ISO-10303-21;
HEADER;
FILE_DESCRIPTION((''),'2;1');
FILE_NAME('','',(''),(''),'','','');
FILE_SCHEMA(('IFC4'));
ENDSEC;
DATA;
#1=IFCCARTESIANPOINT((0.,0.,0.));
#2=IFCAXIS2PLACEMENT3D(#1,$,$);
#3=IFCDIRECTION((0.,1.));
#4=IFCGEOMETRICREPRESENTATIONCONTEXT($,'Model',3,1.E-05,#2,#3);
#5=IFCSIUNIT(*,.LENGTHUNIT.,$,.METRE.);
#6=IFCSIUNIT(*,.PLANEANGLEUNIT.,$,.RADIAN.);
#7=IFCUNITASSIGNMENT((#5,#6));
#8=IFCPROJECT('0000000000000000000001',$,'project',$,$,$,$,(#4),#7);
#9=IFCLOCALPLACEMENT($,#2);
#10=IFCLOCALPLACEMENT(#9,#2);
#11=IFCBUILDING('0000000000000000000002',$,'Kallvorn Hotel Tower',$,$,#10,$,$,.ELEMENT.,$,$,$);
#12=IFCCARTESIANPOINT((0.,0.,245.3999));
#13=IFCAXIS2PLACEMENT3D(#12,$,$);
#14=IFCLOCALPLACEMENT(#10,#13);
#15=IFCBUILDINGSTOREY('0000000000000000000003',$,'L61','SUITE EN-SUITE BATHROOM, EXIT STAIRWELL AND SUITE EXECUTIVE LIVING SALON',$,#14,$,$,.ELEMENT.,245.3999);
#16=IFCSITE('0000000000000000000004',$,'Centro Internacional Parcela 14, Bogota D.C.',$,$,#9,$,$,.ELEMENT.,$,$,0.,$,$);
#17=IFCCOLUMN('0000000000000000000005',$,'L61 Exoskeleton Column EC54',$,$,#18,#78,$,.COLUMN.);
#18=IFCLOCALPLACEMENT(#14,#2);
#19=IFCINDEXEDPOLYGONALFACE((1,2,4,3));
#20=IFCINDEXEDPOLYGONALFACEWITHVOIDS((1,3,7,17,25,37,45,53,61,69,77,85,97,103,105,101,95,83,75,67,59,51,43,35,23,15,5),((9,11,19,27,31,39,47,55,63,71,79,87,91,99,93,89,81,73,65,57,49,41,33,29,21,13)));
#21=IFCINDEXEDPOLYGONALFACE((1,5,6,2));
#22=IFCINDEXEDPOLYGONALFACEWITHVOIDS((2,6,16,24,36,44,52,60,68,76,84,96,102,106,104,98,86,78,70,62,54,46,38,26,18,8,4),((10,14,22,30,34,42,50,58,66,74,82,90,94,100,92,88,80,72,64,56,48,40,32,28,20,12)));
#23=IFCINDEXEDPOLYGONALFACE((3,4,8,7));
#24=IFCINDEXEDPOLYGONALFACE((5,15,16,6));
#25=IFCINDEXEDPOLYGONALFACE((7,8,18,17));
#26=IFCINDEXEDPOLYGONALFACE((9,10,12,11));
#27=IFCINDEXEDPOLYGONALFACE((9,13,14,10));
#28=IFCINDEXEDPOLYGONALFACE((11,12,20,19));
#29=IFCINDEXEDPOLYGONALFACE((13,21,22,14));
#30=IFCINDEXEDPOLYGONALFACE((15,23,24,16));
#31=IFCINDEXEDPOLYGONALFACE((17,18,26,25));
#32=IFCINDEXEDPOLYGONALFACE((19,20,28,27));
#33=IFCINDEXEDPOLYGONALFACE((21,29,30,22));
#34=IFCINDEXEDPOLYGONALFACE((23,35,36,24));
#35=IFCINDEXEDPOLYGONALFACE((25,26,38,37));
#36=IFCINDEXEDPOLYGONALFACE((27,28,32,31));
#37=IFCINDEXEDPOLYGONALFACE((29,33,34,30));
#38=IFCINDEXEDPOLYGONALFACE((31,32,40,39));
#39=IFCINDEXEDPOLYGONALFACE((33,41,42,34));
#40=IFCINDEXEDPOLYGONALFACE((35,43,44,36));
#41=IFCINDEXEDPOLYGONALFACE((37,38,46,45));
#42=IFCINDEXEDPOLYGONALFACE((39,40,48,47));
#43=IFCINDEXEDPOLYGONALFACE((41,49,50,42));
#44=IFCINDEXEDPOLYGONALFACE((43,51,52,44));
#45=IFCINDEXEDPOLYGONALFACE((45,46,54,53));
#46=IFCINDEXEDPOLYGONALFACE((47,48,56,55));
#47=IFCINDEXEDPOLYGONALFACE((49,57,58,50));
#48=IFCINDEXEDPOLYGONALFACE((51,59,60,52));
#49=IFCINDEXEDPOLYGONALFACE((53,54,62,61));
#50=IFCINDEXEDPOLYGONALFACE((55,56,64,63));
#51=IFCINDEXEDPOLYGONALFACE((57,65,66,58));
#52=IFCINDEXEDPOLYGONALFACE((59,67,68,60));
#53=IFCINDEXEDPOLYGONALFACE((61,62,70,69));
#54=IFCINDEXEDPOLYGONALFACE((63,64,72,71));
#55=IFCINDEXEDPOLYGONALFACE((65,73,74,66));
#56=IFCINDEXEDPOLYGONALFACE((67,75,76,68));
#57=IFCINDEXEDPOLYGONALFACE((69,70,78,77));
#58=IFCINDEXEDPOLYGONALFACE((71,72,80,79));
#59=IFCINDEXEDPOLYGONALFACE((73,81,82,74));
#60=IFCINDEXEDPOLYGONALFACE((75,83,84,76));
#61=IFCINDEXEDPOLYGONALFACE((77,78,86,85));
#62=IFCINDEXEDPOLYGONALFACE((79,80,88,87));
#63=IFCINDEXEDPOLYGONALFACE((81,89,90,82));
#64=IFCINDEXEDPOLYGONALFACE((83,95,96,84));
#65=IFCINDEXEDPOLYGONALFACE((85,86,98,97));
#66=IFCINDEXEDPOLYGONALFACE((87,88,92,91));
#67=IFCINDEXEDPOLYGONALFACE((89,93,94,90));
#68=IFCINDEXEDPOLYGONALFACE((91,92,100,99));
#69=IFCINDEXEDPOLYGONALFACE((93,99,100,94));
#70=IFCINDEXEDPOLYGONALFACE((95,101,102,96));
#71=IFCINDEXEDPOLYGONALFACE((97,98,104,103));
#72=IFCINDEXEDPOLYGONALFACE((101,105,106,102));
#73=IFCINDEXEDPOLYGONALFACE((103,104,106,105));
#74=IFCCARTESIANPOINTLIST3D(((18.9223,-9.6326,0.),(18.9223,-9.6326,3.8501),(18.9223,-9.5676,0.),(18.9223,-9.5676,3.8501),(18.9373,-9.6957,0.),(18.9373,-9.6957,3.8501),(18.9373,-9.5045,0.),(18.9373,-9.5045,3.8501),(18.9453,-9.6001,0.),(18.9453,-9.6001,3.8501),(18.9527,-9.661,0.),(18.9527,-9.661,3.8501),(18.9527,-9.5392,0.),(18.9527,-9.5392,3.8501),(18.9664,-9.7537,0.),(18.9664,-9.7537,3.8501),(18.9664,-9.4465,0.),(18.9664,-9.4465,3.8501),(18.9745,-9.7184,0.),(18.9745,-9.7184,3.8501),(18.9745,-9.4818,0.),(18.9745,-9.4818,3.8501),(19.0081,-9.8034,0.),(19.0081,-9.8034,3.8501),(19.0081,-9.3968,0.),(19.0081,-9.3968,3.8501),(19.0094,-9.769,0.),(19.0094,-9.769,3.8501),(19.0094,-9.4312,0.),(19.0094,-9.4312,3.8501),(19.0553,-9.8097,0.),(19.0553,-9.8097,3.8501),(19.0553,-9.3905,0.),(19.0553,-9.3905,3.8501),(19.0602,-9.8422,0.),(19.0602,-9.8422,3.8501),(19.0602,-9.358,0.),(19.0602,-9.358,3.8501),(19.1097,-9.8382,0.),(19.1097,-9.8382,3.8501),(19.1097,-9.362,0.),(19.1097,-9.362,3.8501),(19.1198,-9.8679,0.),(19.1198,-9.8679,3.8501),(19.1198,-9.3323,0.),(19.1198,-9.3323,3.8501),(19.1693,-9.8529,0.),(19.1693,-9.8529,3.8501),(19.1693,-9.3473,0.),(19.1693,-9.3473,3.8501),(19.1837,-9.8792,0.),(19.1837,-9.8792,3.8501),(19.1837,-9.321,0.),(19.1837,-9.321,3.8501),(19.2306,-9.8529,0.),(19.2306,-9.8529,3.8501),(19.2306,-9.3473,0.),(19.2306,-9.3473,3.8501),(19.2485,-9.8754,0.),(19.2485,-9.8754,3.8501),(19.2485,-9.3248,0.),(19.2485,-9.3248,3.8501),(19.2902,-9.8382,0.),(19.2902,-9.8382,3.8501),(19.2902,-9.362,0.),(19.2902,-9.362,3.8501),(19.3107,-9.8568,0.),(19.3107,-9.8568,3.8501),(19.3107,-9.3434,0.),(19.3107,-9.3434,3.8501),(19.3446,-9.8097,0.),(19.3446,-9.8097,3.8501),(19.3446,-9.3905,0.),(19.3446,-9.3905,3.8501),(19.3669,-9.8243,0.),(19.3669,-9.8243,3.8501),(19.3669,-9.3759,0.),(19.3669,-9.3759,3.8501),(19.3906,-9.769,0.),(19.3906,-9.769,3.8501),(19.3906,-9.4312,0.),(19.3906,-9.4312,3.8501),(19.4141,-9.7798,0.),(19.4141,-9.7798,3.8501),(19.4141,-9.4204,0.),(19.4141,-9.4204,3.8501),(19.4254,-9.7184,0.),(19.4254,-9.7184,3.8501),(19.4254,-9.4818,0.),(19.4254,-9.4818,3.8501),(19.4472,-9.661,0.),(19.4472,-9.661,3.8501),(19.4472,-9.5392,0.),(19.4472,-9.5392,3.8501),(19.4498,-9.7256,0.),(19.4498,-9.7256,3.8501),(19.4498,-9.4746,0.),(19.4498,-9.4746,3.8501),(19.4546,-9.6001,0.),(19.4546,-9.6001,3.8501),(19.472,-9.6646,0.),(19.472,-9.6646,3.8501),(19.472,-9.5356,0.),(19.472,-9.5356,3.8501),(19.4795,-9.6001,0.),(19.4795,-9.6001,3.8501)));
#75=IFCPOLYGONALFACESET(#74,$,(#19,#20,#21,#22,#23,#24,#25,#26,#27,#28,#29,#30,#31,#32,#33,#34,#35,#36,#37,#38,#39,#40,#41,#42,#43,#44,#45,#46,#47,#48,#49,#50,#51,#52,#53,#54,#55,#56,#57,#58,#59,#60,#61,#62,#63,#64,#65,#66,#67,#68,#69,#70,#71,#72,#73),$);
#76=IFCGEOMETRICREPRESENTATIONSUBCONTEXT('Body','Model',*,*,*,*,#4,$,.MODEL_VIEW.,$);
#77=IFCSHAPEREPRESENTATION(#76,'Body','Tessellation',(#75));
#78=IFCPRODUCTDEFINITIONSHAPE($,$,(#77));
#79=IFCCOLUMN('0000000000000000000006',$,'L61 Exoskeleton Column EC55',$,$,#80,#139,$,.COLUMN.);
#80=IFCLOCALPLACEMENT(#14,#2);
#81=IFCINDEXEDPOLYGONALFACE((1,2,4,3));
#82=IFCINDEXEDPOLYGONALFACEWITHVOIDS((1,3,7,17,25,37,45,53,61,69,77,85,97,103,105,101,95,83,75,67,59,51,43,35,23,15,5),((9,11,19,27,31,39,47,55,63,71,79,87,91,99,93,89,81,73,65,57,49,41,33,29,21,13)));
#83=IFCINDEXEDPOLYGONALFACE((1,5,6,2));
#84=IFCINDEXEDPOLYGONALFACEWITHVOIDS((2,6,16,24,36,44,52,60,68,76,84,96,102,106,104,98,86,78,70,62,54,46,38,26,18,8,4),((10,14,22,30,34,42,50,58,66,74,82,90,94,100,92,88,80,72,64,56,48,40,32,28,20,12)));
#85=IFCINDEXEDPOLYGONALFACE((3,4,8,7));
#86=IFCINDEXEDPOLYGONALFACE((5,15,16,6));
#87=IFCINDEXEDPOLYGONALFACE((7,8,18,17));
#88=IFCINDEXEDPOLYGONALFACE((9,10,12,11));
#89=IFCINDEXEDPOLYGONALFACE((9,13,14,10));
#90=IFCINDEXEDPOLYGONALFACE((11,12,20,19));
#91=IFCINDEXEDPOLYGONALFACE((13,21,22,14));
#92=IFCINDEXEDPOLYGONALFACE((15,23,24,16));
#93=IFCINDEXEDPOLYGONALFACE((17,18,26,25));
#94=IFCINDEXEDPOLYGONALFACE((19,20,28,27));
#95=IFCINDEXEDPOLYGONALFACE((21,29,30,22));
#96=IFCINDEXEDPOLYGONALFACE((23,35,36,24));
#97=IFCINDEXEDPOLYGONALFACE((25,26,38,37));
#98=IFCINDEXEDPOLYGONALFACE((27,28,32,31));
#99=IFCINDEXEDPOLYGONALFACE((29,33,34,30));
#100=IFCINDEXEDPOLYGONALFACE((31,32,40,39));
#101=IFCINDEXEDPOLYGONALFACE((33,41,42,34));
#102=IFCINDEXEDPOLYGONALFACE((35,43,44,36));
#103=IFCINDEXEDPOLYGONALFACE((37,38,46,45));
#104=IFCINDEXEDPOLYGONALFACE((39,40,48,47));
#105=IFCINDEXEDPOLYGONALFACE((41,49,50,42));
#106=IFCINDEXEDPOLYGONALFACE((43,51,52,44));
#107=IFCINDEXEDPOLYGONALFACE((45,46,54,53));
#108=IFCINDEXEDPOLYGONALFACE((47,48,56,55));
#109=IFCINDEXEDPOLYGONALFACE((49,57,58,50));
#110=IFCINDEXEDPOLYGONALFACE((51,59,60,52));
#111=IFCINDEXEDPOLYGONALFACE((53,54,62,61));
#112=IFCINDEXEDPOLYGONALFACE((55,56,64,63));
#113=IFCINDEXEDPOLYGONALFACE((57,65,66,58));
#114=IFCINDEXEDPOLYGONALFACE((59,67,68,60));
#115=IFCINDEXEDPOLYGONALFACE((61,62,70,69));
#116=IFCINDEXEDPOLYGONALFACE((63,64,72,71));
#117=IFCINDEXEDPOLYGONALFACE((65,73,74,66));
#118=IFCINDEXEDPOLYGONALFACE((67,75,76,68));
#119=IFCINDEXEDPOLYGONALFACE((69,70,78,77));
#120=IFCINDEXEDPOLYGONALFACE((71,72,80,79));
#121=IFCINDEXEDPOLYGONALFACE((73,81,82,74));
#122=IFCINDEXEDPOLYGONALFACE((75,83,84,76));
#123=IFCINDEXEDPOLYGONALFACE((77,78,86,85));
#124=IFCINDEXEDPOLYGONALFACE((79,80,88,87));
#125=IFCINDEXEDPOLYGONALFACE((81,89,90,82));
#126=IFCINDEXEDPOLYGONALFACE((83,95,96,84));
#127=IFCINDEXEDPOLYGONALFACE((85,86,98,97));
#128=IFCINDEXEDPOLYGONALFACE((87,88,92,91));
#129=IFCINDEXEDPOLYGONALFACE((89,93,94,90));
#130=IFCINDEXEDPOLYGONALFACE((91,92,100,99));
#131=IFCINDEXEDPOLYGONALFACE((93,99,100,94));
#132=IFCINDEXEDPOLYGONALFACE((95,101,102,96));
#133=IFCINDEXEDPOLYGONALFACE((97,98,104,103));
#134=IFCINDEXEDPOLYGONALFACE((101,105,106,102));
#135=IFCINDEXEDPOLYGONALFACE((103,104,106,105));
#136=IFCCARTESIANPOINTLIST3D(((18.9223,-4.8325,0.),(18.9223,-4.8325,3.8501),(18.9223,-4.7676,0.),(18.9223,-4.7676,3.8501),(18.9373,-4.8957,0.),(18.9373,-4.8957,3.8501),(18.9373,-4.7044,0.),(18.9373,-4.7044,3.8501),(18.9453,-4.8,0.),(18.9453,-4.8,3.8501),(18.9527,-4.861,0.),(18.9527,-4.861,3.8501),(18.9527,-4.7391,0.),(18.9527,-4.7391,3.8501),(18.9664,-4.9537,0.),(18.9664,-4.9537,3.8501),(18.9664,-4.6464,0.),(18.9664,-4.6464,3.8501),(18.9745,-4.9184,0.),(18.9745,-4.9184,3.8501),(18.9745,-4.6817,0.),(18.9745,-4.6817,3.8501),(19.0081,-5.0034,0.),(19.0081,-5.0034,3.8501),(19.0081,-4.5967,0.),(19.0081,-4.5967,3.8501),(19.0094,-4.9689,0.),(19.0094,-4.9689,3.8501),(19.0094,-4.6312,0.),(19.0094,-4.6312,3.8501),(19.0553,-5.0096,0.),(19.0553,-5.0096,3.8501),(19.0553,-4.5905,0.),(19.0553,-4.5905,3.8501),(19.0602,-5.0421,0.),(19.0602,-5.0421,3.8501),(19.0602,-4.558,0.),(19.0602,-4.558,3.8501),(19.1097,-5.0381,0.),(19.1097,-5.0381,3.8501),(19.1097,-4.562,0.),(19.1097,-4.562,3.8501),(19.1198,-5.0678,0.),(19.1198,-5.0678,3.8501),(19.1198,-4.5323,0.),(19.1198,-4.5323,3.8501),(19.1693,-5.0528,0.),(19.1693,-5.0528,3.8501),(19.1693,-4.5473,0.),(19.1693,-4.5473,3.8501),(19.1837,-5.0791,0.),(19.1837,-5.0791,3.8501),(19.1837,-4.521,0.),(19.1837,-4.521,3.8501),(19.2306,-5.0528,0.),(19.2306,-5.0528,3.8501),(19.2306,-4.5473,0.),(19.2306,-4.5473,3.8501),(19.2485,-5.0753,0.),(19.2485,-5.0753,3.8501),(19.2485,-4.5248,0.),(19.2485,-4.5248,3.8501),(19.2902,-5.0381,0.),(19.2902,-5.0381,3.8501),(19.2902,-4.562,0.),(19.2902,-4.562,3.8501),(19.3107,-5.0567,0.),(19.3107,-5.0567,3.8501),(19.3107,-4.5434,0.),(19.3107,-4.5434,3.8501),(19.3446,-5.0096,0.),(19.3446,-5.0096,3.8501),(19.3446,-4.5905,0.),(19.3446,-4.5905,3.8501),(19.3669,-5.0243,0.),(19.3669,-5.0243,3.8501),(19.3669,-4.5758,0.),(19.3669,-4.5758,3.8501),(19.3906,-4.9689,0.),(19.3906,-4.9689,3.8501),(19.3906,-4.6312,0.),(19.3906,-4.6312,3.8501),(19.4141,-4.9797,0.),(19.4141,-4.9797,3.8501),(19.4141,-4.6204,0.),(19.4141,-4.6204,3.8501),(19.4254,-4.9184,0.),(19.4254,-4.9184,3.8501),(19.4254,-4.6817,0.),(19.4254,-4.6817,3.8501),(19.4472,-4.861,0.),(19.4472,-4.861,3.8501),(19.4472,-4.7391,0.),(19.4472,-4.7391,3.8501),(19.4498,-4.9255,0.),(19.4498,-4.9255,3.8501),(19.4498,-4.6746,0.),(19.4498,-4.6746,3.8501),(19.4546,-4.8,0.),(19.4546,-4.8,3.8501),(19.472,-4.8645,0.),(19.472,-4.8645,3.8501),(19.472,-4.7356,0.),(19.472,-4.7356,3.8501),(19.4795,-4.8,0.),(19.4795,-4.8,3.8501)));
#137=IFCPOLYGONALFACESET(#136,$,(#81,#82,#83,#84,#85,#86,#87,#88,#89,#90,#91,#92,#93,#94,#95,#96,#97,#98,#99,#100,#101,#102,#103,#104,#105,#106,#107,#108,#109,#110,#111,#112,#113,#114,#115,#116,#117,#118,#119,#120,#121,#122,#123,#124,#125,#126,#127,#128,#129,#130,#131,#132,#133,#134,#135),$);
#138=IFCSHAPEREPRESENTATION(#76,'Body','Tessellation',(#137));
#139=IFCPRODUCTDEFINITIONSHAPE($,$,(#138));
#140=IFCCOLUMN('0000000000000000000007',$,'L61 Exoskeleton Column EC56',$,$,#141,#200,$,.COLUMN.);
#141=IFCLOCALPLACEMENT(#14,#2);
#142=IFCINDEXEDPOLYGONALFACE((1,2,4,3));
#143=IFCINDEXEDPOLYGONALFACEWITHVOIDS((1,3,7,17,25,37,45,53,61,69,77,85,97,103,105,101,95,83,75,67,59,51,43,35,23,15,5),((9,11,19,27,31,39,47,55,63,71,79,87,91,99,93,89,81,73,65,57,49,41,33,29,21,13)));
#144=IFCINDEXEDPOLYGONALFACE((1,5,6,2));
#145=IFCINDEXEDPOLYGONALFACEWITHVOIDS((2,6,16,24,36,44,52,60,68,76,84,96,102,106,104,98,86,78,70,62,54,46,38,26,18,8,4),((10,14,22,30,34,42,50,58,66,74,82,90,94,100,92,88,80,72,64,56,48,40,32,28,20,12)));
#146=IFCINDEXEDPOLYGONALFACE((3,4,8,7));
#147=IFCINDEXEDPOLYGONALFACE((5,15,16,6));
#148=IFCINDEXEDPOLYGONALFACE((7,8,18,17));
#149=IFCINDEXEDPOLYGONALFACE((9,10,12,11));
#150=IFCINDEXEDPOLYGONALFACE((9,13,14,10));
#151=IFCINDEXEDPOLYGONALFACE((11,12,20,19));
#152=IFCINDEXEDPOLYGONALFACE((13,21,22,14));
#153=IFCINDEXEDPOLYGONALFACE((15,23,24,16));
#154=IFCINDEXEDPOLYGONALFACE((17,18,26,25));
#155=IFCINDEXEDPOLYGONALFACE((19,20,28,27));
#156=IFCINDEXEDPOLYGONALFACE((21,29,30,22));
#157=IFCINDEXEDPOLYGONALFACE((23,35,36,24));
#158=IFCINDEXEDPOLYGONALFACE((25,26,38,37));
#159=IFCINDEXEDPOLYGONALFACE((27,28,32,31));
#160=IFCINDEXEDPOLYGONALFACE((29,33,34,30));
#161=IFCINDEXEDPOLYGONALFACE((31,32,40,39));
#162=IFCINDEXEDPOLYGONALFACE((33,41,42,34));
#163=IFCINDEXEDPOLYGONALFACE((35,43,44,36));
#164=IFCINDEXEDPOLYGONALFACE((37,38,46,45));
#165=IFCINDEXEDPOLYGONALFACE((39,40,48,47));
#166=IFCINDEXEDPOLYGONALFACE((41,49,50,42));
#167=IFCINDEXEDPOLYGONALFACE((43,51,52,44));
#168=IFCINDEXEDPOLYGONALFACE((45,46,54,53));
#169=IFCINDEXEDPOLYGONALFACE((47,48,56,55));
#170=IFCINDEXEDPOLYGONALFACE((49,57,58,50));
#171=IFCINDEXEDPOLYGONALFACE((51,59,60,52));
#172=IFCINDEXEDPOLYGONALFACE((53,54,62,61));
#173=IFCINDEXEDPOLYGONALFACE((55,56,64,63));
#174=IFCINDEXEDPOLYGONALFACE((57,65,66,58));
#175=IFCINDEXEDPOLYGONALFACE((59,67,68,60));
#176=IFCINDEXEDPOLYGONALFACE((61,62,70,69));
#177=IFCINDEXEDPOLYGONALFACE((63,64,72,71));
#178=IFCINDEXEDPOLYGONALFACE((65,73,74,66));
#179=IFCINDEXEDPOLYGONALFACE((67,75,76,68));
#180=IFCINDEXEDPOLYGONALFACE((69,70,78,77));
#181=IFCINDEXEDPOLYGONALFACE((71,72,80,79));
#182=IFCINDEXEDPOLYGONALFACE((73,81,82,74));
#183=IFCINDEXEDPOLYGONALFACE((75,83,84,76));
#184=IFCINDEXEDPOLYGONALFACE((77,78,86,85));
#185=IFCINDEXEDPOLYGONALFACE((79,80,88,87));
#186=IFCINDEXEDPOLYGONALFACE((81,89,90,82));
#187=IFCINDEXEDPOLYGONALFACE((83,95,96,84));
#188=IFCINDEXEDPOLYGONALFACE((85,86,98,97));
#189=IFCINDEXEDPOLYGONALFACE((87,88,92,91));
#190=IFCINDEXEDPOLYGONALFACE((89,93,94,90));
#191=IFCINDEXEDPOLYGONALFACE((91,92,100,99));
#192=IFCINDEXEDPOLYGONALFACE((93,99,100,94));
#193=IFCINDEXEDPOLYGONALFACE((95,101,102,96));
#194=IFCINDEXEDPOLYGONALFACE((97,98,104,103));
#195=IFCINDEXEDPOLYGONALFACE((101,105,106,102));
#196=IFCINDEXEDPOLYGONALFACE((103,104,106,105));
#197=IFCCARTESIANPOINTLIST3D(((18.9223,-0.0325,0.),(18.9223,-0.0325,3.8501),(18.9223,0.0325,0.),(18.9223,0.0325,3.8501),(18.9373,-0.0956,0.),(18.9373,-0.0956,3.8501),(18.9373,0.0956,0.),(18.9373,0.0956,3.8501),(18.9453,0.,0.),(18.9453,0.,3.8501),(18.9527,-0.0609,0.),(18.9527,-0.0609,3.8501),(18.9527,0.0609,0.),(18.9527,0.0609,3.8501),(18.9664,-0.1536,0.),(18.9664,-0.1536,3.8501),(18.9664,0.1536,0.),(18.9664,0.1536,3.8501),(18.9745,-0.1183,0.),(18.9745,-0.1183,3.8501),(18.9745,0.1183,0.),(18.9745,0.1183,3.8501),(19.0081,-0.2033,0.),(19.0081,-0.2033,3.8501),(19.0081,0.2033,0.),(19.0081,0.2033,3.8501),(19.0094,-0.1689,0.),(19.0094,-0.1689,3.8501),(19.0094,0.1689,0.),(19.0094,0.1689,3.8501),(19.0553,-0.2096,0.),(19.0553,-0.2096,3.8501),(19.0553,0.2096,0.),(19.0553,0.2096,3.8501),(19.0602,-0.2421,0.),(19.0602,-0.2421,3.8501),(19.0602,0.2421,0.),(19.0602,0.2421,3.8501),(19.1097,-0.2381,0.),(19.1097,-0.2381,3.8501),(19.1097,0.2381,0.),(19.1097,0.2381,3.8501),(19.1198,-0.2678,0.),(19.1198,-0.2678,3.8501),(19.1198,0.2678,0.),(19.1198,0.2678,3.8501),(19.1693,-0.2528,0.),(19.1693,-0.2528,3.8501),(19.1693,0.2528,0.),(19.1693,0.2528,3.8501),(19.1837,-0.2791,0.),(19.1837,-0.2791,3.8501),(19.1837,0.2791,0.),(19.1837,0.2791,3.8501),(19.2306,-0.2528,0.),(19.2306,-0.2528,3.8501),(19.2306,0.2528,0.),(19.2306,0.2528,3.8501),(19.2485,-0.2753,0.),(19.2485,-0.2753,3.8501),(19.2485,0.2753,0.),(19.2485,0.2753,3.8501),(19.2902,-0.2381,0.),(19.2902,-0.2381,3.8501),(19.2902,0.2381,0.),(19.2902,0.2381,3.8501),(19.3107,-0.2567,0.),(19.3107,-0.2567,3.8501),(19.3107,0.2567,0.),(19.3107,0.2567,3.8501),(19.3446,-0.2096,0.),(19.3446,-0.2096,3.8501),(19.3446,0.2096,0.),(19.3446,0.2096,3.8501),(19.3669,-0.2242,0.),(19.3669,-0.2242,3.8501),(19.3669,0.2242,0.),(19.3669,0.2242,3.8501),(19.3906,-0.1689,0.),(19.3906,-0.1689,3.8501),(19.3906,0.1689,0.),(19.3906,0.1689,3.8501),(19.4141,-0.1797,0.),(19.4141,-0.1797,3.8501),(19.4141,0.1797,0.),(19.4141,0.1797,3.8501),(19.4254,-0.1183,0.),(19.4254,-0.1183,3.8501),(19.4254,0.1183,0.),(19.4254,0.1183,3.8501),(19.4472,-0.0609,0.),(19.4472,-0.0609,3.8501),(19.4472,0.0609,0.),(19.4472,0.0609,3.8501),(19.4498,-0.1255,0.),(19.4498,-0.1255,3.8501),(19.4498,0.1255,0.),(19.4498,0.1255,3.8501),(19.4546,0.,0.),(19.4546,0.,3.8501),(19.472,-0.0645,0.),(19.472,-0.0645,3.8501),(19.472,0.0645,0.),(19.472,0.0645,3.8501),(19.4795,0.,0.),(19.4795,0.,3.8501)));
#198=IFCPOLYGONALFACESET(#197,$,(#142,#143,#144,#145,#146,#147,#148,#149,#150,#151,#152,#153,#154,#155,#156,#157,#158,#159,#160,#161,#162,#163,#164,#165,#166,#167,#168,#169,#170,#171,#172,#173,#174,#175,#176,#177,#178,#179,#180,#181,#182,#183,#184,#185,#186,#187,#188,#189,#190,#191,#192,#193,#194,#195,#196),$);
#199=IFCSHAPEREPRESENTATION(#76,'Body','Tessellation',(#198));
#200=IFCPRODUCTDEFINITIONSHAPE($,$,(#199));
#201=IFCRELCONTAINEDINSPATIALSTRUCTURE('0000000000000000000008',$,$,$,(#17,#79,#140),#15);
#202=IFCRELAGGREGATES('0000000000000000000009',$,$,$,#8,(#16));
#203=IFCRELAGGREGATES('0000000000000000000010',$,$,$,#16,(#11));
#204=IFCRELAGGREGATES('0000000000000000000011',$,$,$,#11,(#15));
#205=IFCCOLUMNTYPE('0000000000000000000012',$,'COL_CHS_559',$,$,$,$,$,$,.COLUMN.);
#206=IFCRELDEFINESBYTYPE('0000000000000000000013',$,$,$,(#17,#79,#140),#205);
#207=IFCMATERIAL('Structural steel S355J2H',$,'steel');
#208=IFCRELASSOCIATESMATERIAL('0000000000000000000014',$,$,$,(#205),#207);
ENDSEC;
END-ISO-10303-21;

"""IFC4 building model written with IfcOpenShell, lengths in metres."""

from ifc_helpers import new_model, si_unit, direction, frame, origin, origin_2d, place, context, subcontext, project, spatial, hollow_circle, extrude, material, material_profile, profile_set, type_object, element, save


model = new_model("IFC4")

# Units and contexts
model_context = context("Model", 3, precision=1e-05, world=origin(), true_north=direction((0.0, 1.0)))
body_context = subcontext(model_context, "Body", "Model", "MODEL_VIEW")
ifc_project = project(units=[si_unit("LENGTHUNIT", "METRE"), si_unit("PLANEANGLEUNIT", "RADIAN")], contexts=[model_context])

# Site, building, storey
site_placement = place(None, origin())
site = spatial("IfcSite", under=ifc_project, at=site_placement, Name="Centro Internacional Parcela 14, Bogota D.C.", CompositionType="ELEMENT", RefElevation=0.0)
building_placement = place(site_placement, origin())
building = spatial("IfcBuilding", under=site, at=building_placement, Name="Kallvorn Hotel Tower", CompositionType="ELEMENT")
storey_placement = place(building_placement, frame((0.0, 0.0, 245.3999)))
storey = spatial("IfcBuildingStorey", under=building, at=storey_placement, Name="L61", Description="SUITE EN-SUITE BATHROOM, EXIT STAIRWELL AND SUITE EXECUTIVE LIVING SALON", CompositionType="ELEMENT", Elevation=245.3999)

# Columns
ifc_material_1 = material(Name="Structural steel S355J2H", Category="steel")
ifc_material_profile_1 = material_profile(ifc_material_1, hollow_circle(Radius=0.2795, WallThickness=0.0249, at=origin_2d()), Name="CHS 559x25")
ifc_profile_set_1 = profile_set([ifc_material_profile_1], Name="Structural steel S355J2H")
column_type_1 = type_object("IfcColumnType", Name="COL_CHS_559", PredefinedType="COLUMN", material=ifc_profile_set_1)
for number, where, z_axis, x_axis, name in (
    (1, (19.2, -9.6001, 0.0), (0.0, 0.0, 1.0), (1.0, 0.0, 0.0), "L61 Exoskeleton Column EC54"),
    (2, (19.2, -4.8, 0.0), (0.0, 0.0, 1.0), (1.0, 0.0, 0.0), "L61 Exoskeleton Column EC55"),
    (3, (19.2, 0.0, 0.0), (0.0, 0.0, 1.0), (1.0, 0.0, 0.0), "L61 Exoskeleton Column EC56"),
):
    element("IfcColumn", number, at=place(storey_placement, frame(where, z_axis=z_axis, x_axis=x_axis)), inside=storey, type_object=column_type_1, Name=name, PredefinedType="COLUMN", context=body_context, shape_type="SweptSolid", body=[
        extrude(hollow_circle(Radius=0.2795, WallThickness=0.0249, at=origin_2d()), origin(), (0.0, 0.0, 1.0), 3.8501),
    ])

save(model, "model.ifc")
